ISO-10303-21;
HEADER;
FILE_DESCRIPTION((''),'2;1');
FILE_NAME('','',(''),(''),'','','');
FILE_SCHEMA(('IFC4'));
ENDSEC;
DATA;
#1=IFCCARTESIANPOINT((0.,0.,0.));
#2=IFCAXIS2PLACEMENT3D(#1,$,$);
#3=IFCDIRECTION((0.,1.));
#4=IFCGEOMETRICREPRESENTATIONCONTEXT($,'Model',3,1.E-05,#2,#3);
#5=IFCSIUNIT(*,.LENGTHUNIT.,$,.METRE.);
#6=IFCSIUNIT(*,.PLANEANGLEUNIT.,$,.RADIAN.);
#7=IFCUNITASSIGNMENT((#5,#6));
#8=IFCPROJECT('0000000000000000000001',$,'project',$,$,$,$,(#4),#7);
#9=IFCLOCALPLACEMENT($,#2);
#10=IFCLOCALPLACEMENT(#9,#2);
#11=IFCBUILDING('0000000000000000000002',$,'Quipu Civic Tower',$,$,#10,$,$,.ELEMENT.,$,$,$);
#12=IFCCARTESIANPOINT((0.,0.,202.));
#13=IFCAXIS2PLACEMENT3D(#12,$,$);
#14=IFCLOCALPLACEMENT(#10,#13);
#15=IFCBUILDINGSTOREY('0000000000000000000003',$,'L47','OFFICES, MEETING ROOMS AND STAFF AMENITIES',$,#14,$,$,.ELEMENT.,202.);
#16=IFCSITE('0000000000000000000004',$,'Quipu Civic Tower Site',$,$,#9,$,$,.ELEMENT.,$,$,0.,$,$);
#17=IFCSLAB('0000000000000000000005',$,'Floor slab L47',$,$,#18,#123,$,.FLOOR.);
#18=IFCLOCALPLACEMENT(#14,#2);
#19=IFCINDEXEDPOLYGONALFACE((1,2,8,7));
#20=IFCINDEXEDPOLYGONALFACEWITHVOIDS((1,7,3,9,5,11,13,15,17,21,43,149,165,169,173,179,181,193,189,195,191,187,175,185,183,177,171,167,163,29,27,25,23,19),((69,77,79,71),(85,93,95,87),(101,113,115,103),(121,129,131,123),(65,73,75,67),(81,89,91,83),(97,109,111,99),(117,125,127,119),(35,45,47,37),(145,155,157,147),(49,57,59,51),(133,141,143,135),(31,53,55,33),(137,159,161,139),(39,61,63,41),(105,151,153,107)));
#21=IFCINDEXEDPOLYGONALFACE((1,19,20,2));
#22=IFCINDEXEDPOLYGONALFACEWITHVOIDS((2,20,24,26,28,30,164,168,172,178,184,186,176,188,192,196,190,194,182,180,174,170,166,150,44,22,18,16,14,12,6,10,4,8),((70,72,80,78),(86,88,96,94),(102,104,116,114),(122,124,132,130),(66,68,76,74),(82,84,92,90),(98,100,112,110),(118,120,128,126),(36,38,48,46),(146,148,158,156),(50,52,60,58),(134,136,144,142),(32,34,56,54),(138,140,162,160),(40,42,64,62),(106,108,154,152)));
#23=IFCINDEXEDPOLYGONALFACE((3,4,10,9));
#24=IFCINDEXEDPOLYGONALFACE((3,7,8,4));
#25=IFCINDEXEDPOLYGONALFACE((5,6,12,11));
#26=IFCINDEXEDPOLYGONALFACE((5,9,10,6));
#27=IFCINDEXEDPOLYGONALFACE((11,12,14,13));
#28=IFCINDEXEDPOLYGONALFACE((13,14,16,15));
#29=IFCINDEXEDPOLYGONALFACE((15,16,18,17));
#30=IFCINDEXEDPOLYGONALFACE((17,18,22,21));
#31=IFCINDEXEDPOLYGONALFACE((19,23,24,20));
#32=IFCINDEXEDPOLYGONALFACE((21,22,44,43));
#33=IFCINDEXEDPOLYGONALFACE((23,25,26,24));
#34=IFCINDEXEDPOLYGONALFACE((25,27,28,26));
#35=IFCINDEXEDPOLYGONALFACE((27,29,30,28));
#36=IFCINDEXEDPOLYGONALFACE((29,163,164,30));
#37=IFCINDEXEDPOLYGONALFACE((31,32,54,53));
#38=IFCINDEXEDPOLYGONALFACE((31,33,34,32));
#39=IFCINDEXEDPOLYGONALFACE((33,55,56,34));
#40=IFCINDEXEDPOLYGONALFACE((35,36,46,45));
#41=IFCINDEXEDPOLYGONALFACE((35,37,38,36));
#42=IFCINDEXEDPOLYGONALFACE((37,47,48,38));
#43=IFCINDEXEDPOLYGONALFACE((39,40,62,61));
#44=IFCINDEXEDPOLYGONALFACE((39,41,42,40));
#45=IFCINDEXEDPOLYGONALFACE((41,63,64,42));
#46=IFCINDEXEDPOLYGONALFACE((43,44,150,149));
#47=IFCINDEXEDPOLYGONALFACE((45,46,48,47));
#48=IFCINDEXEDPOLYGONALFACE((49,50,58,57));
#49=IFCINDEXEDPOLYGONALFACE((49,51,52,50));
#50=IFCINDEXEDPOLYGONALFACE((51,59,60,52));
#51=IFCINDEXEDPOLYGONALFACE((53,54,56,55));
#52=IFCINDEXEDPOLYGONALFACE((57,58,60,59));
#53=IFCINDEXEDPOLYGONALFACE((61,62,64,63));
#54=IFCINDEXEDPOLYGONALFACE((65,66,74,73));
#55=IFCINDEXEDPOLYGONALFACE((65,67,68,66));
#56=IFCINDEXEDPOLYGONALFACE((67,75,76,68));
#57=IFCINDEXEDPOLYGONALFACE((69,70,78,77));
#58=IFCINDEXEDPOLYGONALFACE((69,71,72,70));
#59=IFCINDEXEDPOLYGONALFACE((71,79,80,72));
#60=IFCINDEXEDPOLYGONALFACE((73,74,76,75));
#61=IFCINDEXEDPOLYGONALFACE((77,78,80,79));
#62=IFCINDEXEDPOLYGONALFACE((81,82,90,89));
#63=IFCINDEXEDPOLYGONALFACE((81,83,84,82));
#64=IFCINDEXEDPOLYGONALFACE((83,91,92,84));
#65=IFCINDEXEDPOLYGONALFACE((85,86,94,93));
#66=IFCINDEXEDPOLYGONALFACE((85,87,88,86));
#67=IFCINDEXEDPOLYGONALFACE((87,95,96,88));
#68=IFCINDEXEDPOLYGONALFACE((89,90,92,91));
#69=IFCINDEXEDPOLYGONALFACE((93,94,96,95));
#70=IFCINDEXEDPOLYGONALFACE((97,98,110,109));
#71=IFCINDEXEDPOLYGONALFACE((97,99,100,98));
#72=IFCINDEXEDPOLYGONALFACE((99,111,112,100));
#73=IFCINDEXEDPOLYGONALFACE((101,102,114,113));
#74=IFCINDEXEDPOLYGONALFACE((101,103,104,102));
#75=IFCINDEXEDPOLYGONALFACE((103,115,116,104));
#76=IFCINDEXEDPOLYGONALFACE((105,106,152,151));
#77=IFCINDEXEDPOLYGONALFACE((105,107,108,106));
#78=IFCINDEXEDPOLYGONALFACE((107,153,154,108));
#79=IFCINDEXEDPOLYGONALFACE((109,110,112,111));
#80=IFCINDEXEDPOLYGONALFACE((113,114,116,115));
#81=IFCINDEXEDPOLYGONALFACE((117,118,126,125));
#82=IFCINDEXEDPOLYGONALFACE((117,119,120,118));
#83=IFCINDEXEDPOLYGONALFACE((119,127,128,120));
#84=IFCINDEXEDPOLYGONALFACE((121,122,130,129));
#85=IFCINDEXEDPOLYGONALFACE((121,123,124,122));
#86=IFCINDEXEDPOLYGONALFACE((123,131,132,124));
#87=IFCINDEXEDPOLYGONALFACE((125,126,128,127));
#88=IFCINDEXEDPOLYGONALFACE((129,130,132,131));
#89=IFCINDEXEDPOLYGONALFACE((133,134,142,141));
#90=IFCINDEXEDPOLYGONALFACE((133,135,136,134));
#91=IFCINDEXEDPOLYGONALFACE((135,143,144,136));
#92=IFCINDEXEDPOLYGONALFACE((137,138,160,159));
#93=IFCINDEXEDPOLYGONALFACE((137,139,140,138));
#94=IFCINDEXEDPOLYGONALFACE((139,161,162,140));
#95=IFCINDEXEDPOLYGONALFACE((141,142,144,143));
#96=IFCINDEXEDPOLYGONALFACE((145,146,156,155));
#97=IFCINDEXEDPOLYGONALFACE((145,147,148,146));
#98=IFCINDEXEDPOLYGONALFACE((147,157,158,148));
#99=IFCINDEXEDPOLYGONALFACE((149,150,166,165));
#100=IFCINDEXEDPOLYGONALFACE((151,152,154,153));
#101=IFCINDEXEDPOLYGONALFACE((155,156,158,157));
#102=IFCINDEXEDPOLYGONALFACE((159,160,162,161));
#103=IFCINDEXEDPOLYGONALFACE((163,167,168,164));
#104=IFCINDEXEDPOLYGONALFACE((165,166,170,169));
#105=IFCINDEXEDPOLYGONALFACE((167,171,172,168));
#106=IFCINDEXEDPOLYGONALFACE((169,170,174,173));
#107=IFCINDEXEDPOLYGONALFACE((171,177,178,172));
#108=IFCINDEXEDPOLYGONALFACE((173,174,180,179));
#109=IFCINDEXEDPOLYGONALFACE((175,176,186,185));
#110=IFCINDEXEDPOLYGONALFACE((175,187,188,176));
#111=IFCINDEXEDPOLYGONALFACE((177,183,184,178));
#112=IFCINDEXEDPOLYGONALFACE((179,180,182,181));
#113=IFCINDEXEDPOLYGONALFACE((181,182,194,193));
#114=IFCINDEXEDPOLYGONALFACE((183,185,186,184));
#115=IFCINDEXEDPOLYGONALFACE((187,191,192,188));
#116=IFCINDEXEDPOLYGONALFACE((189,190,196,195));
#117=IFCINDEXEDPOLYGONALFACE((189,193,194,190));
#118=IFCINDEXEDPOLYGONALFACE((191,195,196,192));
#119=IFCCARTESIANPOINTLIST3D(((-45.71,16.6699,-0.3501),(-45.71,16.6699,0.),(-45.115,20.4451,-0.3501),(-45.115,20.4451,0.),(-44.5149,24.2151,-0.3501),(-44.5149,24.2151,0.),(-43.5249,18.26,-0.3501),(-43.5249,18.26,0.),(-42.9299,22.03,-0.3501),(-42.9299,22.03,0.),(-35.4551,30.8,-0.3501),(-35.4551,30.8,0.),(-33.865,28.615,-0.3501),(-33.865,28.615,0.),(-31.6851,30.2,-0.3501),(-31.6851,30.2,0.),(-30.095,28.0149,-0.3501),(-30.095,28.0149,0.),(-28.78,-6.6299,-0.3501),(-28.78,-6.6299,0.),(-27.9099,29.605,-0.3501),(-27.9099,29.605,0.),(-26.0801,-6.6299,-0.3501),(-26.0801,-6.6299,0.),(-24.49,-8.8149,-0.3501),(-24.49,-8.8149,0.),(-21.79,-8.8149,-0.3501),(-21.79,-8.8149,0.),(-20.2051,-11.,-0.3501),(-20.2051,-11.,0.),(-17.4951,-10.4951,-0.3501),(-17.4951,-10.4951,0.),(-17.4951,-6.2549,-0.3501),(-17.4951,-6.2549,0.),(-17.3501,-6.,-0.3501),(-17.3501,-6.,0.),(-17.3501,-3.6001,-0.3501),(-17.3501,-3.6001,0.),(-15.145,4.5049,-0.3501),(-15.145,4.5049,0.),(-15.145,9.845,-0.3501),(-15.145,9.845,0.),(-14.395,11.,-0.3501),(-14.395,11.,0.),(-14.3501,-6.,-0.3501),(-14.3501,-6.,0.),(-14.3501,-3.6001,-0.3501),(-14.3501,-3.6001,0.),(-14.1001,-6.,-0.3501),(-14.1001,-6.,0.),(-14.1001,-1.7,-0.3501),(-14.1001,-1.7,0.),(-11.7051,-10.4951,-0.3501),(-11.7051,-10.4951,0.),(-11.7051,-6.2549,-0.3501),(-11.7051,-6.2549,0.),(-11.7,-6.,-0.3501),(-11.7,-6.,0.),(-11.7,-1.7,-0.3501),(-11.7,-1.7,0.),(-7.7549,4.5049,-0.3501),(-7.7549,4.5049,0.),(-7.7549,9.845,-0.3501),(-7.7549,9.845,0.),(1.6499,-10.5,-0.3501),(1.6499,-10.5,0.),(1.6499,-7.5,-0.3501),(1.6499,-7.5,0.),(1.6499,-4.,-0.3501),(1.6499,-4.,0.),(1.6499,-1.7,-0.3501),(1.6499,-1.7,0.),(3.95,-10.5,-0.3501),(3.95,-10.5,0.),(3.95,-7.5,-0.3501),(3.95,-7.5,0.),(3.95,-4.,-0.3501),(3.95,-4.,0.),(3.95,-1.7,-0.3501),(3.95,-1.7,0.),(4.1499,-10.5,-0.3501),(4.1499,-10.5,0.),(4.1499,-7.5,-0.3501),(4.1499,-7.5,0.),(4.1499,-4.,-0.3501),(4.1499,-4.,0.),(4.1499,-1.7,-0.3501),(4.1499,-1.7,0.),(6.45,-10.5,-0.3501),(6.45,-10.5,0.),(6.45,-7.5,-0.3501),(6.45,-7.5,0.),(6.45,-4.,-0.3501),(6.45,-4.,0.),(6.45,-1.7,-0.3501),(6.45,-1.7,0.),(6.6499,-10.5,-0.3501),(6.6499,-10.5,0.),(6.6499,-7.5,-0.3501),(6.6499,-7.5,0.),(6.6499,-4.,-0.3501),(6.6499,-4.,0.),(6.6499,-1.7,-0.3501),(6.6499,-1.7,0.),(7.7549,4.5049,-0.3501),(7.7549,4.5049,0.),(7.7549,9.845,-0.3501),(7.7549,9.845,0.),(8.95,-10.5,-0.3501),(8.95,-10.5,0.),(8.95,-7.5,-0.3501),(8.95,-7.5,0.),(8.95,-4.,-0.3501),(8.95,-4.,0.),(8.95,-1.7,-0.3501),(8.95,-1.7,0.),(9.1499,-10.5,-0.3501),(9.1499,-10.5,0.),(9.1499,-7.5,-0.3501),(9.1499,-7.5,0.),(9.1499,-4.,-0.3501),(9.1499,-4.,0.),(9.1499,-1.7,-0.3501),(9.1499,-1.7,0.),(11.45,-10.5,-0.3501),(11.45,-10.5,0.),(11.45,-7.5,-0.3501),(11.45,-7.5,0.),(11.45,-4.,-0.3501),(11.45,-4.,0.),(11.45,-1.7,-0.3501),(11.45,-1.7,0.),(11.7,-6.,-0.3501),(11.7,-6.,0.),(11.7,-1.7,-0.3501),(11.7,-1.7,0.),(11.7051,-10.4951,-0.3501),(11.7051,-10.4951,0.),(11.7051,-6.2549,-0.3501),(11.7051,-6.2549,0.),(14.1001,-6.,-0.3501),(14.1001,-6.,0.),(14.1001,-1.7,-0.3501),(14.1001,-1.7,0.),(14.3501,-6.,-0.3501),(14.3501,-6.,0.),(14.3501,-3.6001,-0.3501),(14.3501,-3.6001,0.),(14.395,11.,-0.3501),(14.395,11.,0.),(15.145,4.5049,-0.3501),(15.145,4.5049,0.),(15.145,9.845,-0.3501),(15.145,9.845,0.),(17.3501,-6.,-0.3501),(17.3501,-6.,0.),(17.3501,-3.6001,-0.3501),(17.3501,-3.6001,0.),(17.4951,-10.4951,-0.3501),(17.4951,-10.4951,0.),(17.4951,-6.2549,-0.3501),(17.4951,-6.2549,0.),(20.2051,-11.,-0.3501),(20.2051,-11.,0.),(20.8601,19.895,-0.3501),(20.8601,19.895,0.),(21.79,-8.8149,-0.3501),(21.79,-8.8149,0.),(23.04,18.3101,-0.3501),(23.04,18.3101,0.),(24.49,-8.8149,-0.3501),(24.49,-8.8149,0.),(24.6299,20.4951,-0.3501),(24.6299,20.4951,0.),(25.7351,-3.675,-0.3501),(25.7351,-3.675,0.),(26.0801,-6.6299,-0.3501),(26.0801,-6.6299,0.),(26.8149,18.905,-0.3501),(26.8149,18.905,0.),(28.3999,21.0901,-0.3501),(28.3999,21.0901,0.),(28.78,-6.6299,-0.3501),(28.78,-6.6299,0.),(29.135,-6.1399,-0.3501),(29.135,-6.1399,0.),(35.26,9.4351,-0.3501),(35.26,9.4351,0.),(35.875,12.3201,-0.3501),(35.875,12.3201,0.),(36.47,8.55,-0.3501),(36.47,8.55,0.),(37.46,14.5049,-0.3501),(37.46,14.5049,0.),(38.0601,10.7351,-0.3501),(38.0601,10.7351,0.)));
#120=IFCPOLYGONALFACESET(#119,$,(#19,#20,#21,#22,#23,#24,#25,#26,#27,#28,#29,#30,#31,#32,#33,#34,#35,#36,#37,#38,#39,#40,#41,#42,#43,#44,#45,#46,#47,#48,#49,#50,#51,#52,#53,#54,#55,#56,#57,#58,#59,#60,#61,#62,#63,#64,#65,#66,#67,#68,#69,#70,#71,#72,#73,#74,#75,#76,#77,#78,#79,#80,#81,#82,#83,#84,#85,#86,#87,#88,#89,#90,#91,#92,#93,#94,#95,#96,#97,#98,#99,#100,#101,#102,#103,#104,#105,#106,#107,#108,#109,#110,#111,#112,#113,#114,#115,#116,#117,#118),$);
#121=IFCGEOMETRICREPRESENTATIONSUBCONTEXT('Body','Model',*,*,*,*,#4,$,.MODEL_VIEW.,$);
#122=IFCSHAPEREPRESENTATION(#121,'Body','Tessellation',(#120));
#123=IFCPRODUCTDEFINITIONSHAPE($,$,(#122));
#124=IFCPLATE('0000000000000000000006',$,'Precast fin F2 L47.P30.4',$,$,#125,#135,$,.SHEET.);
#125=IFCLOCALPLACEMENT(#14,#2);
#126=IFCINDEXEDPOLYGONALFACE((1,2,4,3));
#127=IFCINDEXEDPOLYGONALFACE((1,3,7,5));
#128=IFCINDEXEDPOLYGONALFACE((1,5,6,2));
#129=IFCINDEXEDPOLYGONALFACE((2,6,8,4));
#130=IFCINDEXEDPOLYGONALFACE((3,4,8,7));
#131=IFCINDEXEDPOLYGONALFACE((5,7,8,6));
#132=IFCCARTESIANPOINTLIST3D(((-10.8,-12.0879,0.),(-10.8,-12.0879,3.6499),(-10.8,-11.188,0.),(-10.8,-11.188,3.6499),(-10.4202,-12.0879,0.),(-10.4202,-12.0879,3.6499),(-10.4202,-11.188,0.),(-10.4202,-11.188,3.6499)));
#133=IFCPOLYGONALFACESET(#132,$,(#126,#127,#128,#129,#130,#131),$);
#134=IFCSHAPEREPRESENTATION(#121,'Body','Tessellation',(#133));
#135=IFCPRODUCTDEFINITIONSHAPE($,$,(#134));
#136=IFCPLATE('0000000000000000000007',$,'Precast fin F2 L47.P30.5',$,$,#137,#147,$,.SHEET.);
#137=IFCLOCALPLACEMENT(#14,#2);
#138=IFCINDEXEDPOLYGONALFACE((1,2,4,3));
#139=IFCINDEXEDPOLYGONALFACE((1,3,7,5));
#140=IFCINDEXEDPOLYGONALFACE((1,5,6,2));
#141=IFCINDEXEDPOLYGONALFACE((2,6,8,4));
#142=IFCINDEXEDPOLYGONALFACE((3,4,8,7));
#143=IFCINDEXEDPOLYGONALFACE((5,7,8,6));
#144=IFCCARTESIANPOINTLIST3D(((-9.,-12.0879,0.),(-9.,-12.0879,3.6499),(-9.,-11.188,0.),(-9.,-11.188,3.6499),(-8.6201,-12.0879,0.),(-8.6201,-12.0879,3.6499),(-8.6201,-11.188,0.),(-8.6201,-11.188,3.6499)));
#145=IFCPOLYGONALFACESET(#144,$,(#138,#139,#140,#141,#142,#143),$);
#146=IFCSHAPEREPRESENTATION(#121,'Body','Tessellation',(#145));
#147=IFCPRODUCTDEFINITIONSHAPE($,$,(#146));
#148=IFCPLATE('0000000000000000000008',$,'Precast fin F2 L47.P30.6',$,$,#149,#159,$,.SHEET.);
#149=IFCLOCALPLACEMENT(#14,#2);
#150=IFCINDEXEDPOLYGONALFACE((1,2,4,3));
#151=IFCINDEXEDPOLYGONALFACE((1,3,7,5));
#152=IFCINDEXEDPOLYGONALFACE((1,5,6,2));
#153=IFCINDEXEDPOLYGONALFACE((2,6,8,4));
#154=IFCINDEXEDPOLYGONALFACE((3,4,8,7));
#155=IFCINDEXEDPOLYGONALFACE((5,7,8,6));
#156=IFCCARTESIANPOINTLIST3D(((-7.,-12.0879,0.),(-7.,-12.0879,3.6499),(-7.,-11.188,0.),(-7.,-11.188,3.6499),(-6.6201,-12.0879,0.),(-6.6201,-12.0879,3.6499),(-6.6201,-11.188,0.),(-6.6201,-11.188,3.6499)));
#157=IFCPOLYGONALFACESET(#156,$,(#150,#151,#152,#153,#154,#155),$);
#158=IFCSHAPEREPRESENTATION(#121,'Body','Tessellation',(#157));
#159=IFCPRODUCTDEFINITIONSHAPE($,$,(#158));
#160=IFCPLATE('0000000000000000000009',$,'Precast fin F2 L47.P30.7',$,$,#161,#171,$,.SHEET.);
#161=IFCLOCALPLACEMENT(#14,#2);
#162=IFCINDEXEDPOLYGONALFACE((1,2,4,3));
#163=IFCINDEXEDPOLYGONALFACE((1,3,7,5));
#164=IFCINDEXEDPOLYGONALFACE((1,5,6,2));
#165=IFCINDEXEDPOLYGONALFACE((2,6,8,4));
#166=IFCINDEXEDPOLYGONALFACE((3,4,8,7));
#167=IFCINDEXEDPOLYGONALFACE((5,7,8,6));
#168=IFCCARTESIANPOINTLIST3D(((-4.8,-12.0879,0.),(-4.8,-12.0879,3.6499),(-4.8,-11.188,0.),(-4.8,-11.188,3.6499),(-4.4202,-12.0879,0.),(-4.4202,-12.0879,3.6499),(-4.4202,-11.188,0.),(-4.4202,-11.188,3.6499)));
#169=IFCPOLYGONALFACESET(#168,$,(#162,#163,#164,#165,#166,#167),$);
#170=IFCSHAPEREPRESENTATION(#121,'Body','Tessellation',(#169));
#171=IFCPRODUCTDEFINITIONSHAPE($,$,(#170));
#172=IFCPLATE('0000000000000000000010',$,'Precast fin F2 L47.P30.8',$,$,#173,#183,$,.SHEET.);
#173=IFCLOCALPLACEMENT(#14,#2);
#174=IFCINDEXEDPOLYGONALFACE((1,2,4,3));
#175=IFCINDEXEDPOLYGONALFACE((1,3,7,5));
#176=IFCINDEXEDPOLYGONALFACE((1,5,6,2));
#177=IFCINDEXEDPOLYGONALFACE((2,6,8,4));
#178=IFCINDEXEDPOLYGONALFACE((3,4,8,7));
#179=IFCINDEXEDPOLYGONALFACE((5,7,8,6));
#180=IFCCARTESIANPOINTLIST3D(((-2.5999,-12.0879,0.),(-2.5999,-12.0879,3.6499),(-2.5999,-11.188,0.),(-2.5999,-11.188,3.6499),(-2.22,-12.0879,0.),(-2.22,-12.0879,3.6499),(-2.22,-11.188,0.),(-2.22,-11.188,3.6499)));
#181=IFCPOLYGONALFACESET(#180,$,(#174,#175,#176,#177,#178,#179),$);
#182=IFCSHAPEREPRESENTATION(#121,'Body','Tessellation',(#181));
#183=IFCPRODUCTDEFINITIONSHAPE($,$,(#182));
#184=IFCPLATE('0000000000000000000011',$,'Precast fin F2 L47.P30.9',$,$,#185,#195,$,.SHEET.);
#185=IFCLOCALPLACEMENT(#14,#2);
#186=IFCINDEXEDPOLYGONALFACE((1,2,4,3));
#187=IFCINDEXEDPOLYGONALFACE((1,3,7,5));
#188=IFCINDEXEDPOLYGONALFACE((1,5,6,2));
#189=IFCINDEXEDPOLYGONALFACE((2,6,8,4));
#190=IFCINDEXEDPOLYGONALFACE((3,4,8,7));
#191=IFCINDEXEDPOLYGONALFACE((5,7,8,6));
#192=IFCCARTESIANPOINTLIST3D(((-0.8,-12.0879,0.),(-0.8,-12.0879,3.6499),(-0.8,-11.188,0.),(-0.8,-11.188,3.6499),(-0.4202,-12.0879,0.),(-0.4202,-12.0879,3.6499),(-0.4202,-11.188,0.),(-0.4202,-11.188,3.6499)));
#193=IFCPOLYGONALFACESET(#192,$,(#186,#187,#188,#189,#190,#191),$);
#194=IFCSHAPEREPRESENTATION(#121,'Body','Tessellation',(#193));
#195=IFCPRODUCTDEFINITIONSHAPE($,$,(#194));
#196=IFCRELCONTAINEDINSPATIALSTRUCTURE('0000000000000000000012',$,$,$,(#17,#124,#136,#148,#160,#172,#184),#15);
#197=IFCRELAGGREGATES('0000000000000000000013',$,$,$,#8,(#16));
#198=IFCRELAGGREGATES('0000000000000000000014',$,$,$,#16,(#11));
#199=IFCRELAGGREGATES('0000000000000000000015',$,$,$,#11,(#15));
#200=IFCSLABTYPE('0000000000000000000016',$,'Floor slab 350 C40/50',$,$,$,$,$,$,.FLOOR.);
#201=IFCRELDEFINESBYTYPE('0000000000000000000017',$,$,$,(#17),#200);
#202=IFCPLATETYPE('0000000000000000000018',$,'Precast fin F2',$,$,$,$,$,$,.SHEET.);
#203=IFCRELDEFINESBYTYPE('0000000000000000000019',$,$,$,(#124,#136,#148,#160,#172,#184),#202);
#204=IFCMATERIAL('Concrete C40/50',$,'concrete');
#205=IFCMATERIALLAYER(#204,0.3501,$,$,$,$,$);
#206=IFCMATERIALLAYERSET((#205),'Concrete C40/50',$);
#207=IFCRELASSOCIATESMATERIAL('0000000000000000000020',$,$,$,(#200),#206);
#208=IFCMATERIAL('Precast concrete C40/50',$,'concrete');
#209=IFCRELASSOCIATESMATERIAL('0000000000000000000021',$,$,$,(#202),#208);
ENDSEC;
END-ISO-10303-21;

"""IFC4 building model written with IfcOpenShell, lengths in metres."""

from ifc_helpers import new_model, si_unit, direction, frame, origin, origin_2d, place, context, subcontext, project, spatial, polyline, rectangle, outline, extrude, material, layer, layer_set, type_object, element, save


model = new_model("IFC4")

# Units and contexts
model_context = context("Model", 3, precision=1e-05, world=origin(), true_north=direction((0.0, 1.0)))
body_context = subcontext(model_context, "Body", "Model", "MODEL_VIEW")
ifc_project = project(units=[si_unit("LENGTHUNIT", "METRE"), si_unit("PLANEANGLEUNIT", "RADIAN")], contexts=[model_context])

# Site, building, storey
site_placement = place(None, origin())
site = spatial("IfcSite", under=ifc_project, at=site_placement, Name="Quipu Civic Tower Site", CompositionType="ELEMENT", RefElevation=0.0)
building_placement = place(site_placement, origin())
building = spatial("IfcBuilding", under=site, at=building_placement, Name="Quipu Civic Tower", CompositionType="ELEMENT")
storey_placement = place(building_placement, frame((0.0, 0.0, 202.0)))
storey = spatial("IfcBuildingStorey", under=building, at=storey_placement, Name="L47", Description="OFFICES, MEETING ROOMS AND STAFF AMENITIES", CompositionType="ELEMENT", Elevation=202.0)

# Slab
ifc_material_1 = material(Name="Concrete C40/50", Category="concrete")
ifc_layer_1 = layer(ifc_material_1, 0.3501)
ifc_layer_set_1 = layer_set([ifc_layer_1], Name="Concrete C40/50")
slab_type_1 = type_object("IfcSlabType", Name="Floor slab 350 C40/50", PredefinedType="FLOOR", material=ifc_layer_set_1)
slab_1_placement = place(storey_placement, frame((0.0, 0.0, -0.3501)))
element("IfcSlab", 1, at=slab_1_placement, inside=storey, type_object=slab_type_1, Name="Floor slab L47", PredefinedType="FLOOR", context=body_context, shape_type="SweptSolid", body=[
    extrude(outline(polyline([(24.49, -8.8149), (21.79, -8.8149), (20.2051, -11.0), (-20.2051, -11.0), (-21.79, -8.8149), (-24.49, -8.8149), (-26.0801, -6.6299), (-28.78, -6.6299), (-45.71, 16.6699), (-43.5249, 18.26), (-45.115, 20.4451), (-42.9299, 22.03), (-44.5149, 24.2151), (-35.4551, 30.8), (-33.865, 28.615), (-31.6851, 30.2), (-30.095, 28.0149), (-27.9099, 29.605), (-14.395, 11.0), (14.395, 11.0), (20.8601, 19.895), (23.04, 18.3101), (24.6299, 20.4951), (26.8149, 18.905), (28.3999, 21.0901), (37.46, 14.5049), (35.875, 12.3201), (38.0601, 10.7351), (36.47, 8.55), (35.26, 9.4351), (25.7351, -3.675), (29.135, -6.1399), (28.78, -6.6299), (26.0801, -6.6299), (24.49, -8.8149)]), holes=[polyline([(1.6499, -7.5), (1.6499, -10.5), (3.95, -10.5), (3.95, -7.5), (1.6499, -7.5)]), polyline([(4.1499, -7.5), (4.1499, -10.5), (6.45, -10.5), (6.45, -7.5), (4.1499, -7.5)]), polyline([(-11.7051, -6.2549), (-17.4951, -6.2549), (-17.4951, -10.4951), (-11.7051, -10.4951), (-11.7051, -6.2549)]), polyline([(-17.3501, -3.6001), (-17.3501, -6.0), (-14.3501, -6.0), (-14.3501, -3.6001), (-17.3501, -3.6001)]), polyline([(-14.1001, -1.7), (-14.1001, -6.0), (-11.7, -6.0), (-11.7, -1.7), (-14.1001, -1.7)]), polyline([(1.6499, -1.7), (1.6499, -4.0), (3.95, -4.0), (3.95, -1.7), (1.6499, -1.7)]), polyline([(4.1499, -1.7), (4.1499, -4.0), (6.45, -4.0), (6.45, -1.7), (4.1499, -1.7)]), polyline([(-7.7549, 9.845), (-15.145, 9.845), (-15.145, 4.5049), (-7.7549, 4.5049), (-7.7549, 9.845)]), polyline([(6.6499, -7.5), (6.6499, -10.5), (8.95, -10.5), (8.95, -7.5), (6.6499, -7.5)]), polyline([(9.1499, -7.5), (9.1499, -10.5), (11.45, -10.5), (11.45, -7.5), (9.1499, -7.5)]), polyline([(11.7051, -10.4951), (17.4951, -10.4951), (17.4951, -6.2549), (11.7051, -6.2549), (11.7051, -10.4951)]), polyline([(14.3501, -3.6001), (14.3501, -6.0), (17.3501, -6.0), (17.3501, -3.6001), (14.3501, -3.6001)]), polyline([(11.7, -1.7), (11.7, -6.0), (14.1001, -6.0), (14.1001, -1.7), (11.7, -1.7)]), polyline([(6.6499, -1.7), (6.6499, -4.0), (8.95, -4.0), (8.95, -1.7), (6.6499, -1.7)]), polyline([(9.1499, -1.7), (9.1499, -4.0), (11.45, -4.0), (11.45, -1.7), (9.1499, -1.7)]), polyline([(7.7549, 4.5049), (15.145, 4.5049), (15.145, 9.845), (7.7549, 9.845), (7.7549, 4.5049)])]), origin(), (0.0, 0.0, 1.0), 0.3501),
])

# Plates
ifc_material_2 = material(Name="Precast concrete C40/50", Category="concrete")
plate_type = type_object("IfcPlateType", Name="Precast fin F2", PredefinedType="SHEET", material=ifc_material_2)
for number, where, z_axis, x_axis, name in (
    (2, (-10.6101, -11.6379, 0.0), (0.0, 0.0, 1.0), (1.0, 0.0, 0.0), "Precast fin F2 L47.P30.4"),
    (3, (-8.8101, -11.6379, 0.0), (0.0, 0.0, 1.0), (1.0, 0.0, 0.0), "Precast fin F2 L47.P30.5"),
    (4, (-6.8101, -11.6379, 0.0), (0.0, 0.0, 1.0), (1.0, 0.0, 0.0), "Precast fin F2 L47.P30.6"),
    (5, (-4.6101, -11.6379, 0.0), (0.0, 0.0, 1.0), (1.0, 0.0, 0.0), "Precast fin F2 L47.P30.7"),
    (6, (-2.4099, -11.6379, 0.0), (0.0, 0.0, 1.0), (1.0, 0.0, 0.0), "Precast fin F2 L47.P30.8"),
    (7, (-0.6101, -11.6379, 0.0), (0.0, 0.0, 1.0), (1.0, 0.0, 0.0), "Precast fin F2 L47.P30.9"),
):
    element("IfcPlate", number, at=place(storey_placement, frame(where, z_axis=z_axis, x_axis=x_axis)), inside=storey, type_object=plate_type, Name=name, PredefinedType="SHEET", context=body_context, shape_type="SweptSolid", body=[
        extrude(rectangle(XDim=0.3799, YDim=0.8999, at=origin_2d()), origin(), (0.0, 0.0, 1.0), 3.6499),
    ])

save(model, "model.ifc")
